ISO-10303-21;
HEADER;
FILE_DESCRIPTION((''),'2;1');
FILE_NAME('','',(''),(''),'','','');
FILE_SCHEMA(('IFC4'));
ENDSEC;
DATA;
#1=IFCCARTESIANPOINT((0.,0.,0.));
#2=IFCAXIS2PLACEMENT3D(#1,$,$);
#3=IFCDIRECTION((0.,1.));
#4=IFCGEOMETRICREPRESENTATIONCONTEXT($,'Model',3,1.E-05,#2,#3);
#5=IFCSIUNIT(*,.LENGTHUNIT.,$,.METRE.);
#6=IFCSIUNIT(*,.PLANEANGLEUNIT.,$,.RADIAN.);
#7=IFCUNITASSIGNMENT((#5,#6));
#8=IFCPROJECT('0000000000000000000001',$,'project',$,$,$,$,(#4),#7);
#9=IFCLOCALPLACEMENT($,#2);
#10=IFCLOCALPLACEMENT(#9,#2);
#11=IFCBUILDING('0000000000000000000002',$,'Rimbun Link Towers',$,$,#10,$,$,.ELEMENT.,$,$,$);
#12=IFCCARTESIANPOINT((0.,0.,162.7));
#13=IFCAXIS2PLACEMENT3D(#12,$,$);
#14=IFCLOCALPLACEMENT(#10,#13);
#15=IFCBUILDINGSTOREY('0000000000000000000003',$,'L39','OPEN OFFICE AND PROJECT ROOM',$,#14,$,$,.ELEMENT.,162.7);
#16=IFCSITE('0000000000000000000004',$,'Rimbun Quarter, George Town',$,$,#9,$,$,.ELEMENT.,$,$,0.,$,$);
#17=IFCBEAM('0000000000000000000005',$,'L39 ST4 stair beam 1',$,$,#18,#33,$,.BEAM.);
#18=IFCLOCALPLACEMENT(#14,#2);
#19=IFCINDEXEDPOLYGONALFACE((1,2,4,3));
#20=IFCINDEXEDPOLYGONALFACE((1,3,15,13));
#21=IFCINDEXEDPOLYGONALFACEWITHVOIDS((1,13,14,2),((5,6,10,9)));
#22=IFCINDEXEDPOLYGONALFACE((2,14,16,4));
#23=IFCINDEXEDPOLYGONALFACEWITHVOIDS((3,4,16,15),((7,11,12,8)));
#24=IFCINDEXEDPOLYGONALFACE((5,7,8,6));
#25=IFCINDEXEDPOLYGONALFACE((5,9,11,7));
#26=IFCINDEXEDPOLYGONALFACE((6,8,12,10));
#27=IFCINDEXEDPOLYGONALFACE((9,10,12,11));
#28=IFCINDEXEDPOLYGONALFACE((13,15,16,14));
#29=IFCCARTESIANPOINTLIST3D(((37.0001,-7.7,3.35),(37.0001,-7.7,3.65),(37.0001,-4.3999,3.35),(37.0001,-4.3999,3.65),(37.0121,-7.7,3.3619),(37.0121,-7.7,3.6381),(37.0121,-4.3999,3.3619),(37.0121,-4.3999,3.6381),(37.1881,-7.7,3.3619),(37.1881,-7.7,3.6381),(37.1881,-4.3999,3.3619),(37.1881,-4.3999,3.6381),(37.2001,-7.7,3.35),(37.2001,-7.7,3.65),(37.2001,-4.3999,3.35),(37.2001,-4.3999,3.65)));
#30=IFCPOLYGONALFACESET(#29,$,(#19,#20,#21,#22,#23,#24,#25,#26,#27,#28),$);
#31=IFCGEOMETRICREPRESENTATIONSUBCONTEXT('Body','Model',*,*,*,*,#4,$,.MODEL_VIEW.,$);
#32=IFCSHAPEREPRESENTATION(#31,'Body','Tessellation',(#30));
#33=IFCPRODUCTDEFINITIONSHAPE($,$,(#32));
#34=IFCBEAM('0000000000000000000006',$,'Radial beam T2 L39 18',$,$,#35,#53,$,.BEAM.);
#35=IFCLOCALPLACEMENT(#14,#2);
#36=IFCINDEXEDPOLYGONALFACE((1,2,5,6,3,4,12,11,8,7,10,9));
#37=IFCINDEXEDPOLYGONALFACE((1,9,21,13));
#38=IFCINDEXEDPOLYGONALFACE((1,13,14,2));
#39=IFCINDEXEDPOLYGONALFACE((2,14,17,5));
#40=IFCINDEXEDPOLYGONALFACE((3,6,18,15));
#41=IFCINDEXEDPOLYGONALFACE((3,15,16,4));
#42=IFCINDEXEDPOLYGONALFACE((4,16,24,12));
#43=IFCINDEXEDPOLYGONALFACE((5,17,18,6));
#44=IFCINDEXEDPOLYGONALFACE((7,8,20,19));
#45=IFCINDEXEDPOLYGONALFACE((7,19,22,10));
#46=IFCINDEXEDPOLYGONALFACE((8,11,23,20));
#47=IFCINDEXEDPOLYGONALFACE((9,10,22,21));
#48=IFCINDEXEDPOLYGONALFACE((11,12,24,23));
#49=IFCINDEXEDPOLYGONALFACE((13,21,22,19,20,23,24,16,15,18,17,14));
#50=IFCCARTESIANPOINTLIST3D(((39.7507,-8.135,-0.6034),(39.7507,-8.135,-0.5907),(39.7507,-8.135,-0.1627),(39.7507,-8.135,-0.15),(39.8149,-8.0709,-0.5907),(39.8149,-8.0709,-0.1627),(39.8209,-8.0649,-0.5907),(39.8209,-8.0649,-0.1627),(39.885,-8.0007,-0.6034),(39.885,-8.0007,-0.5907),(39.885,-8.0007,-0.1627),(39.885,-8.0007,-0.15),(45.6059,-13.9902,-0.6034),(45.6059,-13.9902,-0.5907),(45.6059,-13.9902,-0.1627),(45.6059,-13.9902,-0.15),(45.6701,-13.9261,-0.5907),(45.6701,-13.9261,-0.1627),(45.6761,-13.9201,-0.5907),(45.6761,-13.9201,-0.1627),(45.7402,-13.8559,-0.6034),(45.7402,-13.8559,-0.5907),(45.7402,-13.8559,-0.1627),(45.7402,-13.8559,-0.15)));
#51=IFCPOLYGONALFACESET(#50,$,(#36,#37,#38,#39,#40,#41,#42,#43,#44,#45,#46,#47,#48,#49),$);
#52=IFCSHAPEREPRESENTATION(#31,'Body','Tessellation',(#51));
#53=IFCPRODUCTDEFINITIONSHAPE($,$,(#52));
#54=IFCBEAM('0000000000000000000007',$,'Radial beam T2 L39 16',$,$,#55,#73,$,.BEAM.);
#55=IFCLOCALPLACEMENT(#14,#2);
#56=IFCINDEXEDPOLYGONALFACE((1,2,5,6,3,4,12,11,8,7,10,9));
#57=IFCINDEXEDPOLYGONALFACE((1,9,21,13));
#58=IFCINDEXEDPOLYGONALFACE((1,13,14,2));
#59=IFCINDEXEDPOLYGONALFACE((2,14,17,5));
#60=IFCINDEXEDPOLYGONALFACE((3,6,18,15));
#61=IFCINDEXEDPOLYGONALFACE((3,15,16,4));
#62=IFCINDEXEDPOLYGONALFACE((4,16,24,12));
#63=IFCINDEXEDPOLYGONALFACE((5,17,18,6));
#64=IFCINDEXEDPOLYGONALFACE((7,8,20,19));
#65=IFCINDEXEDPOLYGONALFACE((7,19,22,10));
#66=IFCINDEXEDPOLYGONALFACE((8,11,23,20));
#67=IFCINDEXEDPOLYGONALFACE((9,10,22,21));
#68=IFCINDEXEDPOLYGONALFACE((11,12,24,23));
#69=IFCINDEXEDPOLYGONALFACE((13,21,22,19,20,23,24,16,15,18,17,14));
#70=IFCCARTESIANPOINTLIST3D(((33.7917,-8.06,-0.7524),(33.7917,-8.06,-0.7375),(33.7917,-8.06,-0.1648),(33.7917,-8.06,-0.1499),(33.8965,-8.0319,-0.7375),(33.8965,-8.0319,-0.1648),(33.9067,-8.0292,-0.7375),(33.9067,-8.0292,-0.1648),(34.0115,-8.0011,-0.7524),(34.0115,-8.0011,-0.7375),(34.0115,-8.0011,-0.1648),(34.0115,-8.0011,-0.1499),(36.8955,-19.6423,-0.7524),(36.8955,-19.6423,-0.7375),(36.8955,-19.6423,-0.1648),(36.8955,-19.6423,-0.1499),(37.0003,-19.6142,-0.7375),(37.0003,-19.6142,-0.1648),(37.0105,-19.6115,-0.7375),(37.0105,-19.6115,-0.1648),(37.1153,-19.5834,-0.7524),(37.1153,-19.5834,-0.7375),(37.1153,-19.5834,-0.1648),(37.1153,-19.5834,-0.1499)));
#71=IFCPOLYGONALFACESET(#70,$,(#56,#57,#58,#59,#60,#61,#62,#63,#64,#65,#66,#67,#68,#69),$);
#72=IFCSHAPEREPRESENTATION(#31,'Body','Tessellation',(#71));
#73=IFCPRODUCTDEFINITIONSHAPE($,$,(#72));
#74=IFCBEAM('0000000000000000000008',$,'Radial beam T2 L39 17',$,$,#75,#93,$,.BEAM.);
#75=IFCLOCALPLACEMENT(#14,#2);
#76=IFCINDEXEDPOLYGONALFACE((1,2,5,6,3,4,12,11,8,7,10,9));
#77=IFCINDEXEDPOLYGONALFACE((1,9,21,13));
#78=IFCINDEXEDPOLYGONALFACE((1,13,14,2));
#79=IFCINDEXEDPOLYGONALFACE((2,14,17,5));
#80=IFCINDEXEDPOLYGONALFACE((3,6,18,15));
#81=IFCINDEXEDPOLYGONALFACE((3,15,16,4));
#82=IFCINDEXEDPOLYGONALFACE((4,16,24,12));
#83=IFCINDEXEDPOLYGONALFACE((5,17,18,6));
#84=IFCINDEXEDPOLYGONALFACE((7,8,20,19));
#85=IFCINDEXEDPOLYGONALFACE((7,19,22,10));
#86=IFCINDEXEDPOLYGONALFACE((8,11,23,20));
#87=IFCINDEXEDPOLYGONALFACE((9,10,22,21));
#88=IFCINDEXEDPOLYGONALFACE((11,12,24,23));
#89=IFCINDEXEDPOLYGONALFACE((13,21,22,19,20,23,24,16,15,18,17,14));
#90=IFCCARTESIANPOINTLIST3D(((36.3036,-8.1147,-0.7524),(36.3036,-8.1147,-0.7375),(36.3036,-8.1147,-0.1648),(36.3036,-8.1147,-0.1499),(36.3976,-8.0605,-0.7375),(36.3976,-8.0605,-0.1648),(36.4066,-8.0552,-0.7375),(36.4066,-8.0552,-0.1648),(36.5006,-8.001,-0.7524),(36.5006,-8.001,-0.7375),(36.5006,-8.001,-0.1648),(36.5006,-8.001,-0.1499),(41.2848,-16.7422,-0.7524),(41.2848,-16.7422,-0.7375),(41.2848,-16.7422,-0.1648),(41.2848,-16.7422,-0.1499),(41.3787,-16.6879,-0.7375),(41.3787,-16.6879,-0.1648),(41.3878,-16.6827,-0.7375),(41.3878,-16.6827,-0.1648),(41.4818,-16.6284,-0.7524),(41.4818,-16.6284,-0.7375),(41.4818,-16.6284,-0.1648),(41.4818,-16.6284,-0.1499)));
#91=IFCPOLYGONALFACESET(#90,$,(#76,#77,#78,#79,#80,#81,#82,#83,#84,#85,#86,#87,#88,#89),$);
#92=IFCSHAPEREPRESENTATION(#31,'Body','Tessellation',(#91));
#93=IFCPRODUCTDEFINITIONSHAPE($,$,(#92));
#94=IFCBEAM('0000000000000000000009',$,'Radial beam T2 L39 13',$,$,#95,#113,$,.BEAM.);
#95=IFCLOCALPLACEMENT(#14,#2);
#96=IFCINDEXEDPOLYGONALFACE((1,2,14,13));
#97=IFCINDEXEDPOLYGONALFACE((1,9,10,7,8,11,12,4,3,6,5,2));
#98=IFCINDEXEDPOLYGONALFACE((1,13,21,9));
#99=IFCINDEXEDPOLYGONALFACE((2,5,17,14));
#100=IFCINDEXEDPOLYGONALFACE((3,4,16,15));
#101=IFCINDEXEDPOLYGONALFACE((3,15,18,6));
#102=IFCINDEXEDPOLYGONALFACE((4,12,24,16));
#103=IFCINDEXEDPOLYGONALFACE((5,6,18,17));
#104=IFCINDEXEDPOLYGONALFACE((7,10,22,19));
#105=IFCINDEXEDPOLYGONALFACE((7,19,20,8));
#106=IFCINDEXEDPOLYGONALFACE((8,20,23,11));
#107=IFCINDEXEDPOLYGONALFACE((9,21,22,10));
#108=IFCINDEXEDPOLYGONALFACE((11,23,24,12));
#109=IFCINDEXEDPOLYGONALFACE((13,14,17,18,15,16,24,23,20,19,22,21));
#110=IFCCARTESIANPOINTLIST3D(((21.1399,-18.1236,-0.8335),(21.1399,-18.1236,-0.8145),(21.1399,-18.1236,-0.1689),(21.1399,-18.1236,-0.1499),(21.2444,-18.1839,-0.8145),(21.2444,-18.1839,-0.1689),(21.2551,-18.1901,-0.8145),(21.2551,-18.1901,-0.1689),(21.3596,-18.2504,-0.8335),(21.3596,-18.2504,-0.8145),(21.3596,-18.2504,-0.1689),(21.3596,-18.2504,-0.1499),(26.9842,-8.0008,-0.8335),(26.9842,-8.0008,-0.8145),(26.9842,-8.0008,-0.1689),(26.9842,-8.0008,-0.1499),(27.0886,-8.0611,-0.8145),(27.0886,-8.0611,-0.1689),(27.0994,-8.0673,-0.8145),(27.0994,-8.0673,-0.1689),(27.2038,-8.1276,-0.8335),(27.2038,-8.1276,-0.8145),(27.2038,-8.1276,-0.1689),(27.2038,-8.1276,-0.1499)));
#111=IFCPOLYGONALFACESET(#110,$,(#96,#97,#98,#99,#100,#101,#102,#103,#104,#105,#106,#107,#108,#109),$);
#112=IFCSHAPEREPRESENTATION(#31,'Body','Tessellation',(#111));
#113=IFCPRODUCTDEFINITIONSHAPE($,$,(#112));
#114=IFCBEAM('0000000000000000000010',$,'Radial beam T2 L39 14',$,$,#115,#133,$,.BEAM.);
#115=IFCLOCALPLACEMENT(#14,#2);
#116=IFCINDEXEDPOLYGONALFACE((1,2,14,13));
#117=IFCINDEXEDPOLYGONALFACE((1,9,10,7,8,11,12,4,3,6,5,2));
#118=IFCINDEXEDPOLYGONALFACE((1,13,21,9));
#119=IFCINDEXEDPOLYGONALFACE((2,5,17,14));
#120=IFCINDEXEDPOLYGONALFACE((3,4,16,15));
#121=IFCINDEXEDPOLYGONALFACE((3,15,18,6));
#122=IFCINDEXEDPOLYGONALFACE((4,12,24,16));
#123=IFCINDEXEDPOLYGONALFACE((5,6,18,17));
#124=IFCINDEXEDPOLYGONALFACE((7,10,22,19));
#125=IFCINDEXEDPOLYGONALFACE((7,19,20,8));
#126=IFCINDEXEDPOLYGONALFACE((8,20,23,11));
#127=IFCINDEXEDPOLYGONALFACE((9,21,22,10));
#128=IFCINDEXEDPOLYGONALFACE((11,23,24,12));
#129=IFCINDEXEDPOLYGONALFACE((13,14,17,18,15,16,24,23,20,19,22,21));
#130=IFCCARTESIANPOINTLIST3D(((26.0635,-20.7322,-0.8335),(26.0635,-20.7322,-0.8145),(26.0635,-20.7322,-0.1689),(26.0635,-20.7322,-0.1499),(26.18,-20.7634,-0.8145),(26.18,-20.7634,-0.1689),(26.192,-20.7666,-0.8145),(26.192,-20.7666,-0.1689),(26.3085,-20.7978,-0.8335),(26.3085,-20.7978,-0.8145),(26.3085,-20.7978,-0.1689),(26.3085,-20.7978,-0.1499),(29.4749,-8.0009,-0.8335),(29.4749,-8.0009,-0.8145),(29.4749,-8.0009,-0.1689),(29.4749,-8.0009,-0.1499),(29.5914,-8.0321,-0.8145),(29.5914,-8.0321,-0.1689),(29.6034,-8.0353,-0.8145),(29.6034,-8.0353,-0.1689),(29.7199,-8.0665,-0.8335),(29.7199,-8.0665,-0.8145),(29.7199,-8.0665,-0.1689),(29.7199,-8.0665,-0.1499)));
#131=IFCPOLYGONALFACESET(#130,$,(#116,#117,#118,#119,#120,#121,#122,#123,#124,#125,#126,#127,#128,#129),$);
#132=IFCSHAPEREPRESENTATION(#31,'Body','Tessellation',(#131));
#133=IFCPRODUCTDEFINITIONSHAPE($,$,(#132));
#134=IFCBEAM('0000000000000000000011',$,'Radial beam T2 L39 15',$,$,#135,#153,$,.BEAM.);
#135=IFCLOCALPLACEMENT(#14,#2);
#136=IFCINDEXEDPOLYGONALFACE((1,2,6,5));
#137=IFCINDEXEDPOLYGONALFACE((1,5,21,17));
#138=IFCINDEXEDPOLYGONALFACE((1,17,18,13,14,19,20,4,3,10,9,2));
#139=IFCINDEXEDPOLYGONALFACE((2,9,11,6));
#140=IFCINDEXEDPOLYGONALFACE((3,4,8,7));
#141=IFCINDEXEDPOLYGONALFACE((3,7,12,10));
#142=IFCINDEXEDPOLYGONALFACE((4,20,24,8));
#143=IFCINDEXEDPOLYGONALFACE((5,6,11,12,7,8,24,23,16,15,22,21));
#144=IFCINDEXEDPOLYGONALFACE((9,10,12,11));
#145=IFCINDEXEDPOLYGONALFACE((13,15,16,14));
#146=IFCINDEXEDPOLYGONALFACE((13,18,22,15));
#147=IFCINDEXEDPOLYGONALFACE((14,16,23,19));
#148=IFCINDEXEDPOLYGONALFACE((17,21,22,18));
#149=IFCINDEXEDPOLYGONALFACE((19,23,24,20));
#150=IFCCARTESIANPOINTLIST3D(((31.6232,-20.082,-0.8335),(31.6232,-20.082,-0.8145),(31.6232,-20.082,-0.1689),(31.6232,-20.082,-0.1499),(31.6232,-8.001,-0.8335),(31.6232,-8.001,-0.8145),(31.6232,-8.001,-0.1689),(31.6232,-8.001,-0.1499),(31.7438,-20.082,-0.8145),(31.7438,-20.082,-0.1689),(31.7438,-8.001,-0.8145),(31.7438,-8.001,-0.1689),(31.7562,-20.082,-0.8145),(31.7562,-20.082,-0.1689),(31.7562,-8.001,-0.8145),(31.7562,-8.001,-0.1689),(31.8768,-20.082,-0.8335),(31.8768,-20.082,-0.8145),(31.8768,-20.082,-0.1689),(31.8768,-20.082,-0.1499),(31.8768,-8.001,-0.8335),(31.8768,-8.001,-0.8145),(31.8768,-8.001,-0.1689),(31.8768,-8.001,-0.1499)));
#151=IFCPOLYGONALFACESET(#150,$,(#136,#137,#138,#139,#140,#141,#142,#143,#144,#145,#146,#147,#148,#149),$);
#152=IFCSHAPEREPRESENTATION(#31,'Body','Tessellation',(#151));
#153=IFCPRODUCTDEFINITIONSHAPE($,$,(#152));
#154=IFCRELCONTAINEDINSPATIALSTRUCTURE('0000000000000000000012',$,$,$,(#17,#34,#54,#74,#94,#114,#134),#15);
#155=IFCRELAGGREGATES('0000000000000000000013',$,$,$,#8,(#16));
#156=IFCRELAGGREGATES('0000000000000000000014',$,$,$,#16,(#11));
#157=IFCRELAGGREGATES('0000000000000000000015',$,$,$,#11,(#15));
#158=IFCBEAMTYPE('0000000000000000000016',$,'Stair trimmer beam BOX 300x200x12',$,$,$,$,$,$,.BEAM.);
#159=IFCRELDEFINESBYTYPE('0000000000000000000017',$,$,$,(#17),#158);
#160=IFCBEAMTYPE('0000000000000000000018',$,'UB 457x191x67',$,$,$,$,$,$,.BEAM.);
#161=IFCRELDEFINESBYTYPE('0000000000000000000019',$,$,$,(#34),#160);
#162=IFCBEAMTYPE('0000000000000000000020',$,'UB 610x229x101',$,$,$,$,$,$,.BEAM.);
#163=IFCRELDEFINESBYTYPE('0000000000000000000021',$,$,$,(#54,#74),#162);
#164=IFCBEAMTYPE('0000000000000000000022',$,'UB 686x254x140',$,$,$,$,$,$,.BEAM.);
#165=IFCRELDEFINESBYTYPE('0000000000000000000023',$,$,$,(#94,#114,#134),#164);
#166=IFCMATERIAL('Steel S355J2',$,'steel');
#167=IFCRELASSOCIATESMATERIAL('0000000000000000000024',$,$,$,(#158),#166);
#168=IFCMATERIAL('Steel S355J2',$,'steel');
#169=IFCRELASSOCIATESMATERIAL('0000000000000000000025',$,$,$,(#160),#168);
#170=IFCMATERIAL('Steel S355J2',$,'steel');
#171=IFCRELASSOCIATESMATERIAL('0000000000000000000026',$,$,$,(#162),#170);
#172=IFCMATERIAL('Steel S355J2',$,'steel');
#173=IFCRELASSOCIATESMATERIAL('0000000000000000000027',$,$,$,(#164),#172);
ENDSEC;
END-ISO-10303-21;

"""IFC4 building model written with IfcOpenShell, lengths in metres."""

from ifc_helpers import new_model, si_unit, direction, frame, origin, origin_2d, place, context, subcontext, project, spatial, hollow_rectangle, i_section, extrude, material, material_profile, profile_set, type_object, element, save


model = new_model("IFC4")

# Units and contexts
model_context = context("Model", 3, precision=1e-05, world=origin(), true_north=direction((0.0, 1.0)))
body_context = subcontext(model_context, "Body", "Model", "MODEL_VIEW")
ifc_project = project(units=[si_unit("LENGTHUNIT", "METRE"), si_unit("PLANEANGLEUNIT", "RADIAN")], contexts=[model_context])

# Site, building, storey
site_placement = place(None, origin())
site = spatial("IfcSite", under=ifc_project, at=site_placement, Name="Rimbun Quarter, George Town", CompositionType="ELEMENT", RefElevation=0.0)
building_placement = place(site_placement, origin())
building = spatial("IfcBuilding", under=site, at=building_placement, Name="Rimbun Link Towers", CompositionType="ELEMENT")
storey_placement = place(building_placement, frame((0.0, 0.0, 162.7)))
storey = spatial("IfcBuildingStorey", under=building, at=storey_placement, Name="L39", Description="OPEN OFFICE AND PROJECT ROOM", CompositionType="ELEMENT", Elevation=162.7)

# Beams
ifc_material_1 = material(Name="Steel S355J2", Category="steel")
ifc_material_profile_1 = material_profile(ifc_material_1, hollow_rectangle(XDim=0.2, YDim=0.3, WallThickness=0.012, at=origin_2d()), Name="BOX 300x200x12")
ifc_profile_set_1 = profile_set([ifc_material_profile_1], Name="Steel S355J2")
beam_type_1 = type_object("IfcBeamType", Name="Stair trimmer beam BOX 300x200x12", PredefinedType="BEAM", material=ifc_profile_set_1)
beam_1_placement = place(storey_placement, frame((37.1001, -7.7, 3.5), z_axis=(0.0, 1.0, 0.0), x_axis=(-1.0, 0.0, 0.0)))
element("IfcBeam", 1, at=beam_1_placement, inside=storey, type_object=beam_type_1, Name="L39 ST4 stair beam 1", PredefinedType="BEAM", context=body_context, shape_type="SweptSolid", body=[
    extrude(hollow_rectangle(XDim=0.2, YDim=0.3, WallThickness=0.012, at=origin_2d()), origin(), (0.0, 0.0, 1.0), 3.3),
])
ifc_material_2 = material(Name="Steel S355J2", Category="steel")
ifc_material_profile_2 = material_profile(ifc_material_2, i_section(OverallWidth=0.1899, OverallDepth=0.4534, WebThickness=0.0085, FlangeThickness=0.0127, at=origin_2d()), Name="UB 457x191x67")
ifc_profile_set_2 = profile_set([ifc_material_profile_2], Name="Steel S355J2")
beam_type_2 = type_object("IfcBeamType", Name="UB 457x191x67", PredefinedType="BEAM", material=ifc_profile_set_2)
beam_2_placement = place(storey_placement, frame((39.8179, -8.0679, -0.3767), z_axis=(0.707107, -0.707107, 0.0), x_axis=(0.707107, 0.707107, 0.0)))
element("IfcBeam", 2, at=beam_2_placement, inside=storey, type_object=beam_type_2, Name="Radial beam T2 L39 18", PredefinedType="BEAM", context=body_context, shape_type="SweptSolid", body=[
    extrude(i_section(OverallWidth=0.1899, OverallDepth=0.4534, WebThickness=0.0085, FlangeThickness=0.0127, at=origin_2d()), origin(), (0.0, 0.0, 1.0), 8.2805),
])
ifc_material_3 = material(Name="Steel S355J2", Category="steel")
ifc_material_profile_3 = material_profile(ifc_material_3, i_section(OverallWidth=0.2275, OverallDepth=0.6025, WebThickness=0.0105, FlangeThickness=0.0149, at=origin_2d()), Name="UB 610x229x101")
ifc_profile_set_3 = profile_set([ifc_material_profile_3], Name="Steel S355J2")
beam_type_3 = type_object("IfcBeamType", Name="UB 610x229x101", PredefinedType="BEAM", material=ifc_profile_set_3)
beam_3_placement = place(storey_placement, frame((33.9016, -8.0305, -0.4512), z_axis=(0.258842, -0.96592, 0.0), x_axis=(0.96592, 0.258842, 0.0)))
element("IfcBeam", 3, at=beam_3_placement, inside=storey, type_object=beam_type_3, Name="Radial beam T2 L39 16", PredefinedType="BEAM", context=body_context, shape_type="SweptSolid", body=[
    extrude(i_section(OverallWidth=0.2275, OverallDepth=0.6025, WebThickness=0.0105, FlangeThickness=0.0149, at=origin_2d()), origin(), (0.0, 0.0, 1.0), 11.991),
])
beam_4_placement = place(storey_placement, frame((36.4021, -8.0579, -0.4512), z_axis=(0.500011, -0.866019, 0.0), x_axis=(0.866019, 0.500011, 0.0)))
element("IfcBeam", 4, at=beam_4_placement, inside=storey, type_object=beam_type_3, Name="Radial beam T2 L39 17", PredefinedType="BEAM", context=body_context, shape_type="SweptSolid", body=[
    extrude(i_section(OverallWidth=0.2275, OverallDepth=0.6025, WebThickness=0.0105, FlangeThickness=0.0149, at=origin_2d()), origin(), (0.0, 0.0, 1.0), 9.9622),
])
ifc_material_4 = material(Name="Steel S355J2", Category="steel")
ifc_material_profile_4 = material_profile(ifc_material_4, i_section(OverallWidth=0.2537, OverallDepth=0.6836, WebThickness=0.0125, FlangeThickness=0.019, at=origin_2d()), Name="UB 686x254x140")
ifc_profile_set_4 = profile_set([ifc_material_profile_4], Name="Steel S355J2")
beam_type_4 = type_object("IfcBeamType", Name="UB 686x254x140", PredefinedType="BEAM", material=ifc_profile_set_4)
beam_5_placement = place(storey_placement, frame((27.094, -8.0642, -0.4917), z_axis=(-0.499989, -0.866032, 0.0), x_axis=(0.866032, -0.499989, 0.0)))
element("IfcBeam", 5, at=beam_5_placement, inside=storey, type_object=beam_type_4, Name="Radial beam T2 L39 13", PredefinedType="BEAM", context=body_context, shape_type="SweptSolid", body=[
    extrude(i_section(OverallWidth=0.2537, OverallDepth=0.6836, WebThickness=0.0125, FlangeThickness=0.019, at=origin_2d()), origin(), (0.0, 0.0, 1.0), 11.6887),
])
beam_6_placement = place(storey_placement, frame((29.5974, -8.0337, -0.4917), z_axis=(-0.258823, -0.965925, 0.0), x_axis=(0.965925, -0.258823, 0.0)))
element("IfcBeam", 6, at=beam_6_placement, inside=storey, type_object=beam_type_4, Name="Radial beam T2 L39 14", PredefinedType="BEAM", context=body_context, shape_type="SweptSolid", body=[
    extrude(i_section(OverallWidth=0.2537, OverallDepth=0.6836, WebThickness=0.0125, FlangeThickness=0.019, at=origin_2d()), origin(), (0.0, 0.0, 1.0), 13.1804),
])
beam_7_placement = place(storey_placement, frame((31.75, -8.001, -0.4917), z_axis=(0.0, -1.0, 0.0), x_axis=(1.0, 0.0, 0.0)))
element("IfcBeam", 7, at=beam_7_placement, inside=storey, type_object=beam_type_4, Name="Radial beam T2 L39 15", PredefinedType="BEAM", context=body_context, shape_type="SweptSolid", body=[
    extrude(i_section(OverallWidth=0.2537, OverallDepth=0.6836, WebThickness=0.0125, FlangeThickness=0.019, at=origin_2d()), origin(), (0.0, 0.0, 1.0), 12.0811),
])

save(model, "model.ifc")
